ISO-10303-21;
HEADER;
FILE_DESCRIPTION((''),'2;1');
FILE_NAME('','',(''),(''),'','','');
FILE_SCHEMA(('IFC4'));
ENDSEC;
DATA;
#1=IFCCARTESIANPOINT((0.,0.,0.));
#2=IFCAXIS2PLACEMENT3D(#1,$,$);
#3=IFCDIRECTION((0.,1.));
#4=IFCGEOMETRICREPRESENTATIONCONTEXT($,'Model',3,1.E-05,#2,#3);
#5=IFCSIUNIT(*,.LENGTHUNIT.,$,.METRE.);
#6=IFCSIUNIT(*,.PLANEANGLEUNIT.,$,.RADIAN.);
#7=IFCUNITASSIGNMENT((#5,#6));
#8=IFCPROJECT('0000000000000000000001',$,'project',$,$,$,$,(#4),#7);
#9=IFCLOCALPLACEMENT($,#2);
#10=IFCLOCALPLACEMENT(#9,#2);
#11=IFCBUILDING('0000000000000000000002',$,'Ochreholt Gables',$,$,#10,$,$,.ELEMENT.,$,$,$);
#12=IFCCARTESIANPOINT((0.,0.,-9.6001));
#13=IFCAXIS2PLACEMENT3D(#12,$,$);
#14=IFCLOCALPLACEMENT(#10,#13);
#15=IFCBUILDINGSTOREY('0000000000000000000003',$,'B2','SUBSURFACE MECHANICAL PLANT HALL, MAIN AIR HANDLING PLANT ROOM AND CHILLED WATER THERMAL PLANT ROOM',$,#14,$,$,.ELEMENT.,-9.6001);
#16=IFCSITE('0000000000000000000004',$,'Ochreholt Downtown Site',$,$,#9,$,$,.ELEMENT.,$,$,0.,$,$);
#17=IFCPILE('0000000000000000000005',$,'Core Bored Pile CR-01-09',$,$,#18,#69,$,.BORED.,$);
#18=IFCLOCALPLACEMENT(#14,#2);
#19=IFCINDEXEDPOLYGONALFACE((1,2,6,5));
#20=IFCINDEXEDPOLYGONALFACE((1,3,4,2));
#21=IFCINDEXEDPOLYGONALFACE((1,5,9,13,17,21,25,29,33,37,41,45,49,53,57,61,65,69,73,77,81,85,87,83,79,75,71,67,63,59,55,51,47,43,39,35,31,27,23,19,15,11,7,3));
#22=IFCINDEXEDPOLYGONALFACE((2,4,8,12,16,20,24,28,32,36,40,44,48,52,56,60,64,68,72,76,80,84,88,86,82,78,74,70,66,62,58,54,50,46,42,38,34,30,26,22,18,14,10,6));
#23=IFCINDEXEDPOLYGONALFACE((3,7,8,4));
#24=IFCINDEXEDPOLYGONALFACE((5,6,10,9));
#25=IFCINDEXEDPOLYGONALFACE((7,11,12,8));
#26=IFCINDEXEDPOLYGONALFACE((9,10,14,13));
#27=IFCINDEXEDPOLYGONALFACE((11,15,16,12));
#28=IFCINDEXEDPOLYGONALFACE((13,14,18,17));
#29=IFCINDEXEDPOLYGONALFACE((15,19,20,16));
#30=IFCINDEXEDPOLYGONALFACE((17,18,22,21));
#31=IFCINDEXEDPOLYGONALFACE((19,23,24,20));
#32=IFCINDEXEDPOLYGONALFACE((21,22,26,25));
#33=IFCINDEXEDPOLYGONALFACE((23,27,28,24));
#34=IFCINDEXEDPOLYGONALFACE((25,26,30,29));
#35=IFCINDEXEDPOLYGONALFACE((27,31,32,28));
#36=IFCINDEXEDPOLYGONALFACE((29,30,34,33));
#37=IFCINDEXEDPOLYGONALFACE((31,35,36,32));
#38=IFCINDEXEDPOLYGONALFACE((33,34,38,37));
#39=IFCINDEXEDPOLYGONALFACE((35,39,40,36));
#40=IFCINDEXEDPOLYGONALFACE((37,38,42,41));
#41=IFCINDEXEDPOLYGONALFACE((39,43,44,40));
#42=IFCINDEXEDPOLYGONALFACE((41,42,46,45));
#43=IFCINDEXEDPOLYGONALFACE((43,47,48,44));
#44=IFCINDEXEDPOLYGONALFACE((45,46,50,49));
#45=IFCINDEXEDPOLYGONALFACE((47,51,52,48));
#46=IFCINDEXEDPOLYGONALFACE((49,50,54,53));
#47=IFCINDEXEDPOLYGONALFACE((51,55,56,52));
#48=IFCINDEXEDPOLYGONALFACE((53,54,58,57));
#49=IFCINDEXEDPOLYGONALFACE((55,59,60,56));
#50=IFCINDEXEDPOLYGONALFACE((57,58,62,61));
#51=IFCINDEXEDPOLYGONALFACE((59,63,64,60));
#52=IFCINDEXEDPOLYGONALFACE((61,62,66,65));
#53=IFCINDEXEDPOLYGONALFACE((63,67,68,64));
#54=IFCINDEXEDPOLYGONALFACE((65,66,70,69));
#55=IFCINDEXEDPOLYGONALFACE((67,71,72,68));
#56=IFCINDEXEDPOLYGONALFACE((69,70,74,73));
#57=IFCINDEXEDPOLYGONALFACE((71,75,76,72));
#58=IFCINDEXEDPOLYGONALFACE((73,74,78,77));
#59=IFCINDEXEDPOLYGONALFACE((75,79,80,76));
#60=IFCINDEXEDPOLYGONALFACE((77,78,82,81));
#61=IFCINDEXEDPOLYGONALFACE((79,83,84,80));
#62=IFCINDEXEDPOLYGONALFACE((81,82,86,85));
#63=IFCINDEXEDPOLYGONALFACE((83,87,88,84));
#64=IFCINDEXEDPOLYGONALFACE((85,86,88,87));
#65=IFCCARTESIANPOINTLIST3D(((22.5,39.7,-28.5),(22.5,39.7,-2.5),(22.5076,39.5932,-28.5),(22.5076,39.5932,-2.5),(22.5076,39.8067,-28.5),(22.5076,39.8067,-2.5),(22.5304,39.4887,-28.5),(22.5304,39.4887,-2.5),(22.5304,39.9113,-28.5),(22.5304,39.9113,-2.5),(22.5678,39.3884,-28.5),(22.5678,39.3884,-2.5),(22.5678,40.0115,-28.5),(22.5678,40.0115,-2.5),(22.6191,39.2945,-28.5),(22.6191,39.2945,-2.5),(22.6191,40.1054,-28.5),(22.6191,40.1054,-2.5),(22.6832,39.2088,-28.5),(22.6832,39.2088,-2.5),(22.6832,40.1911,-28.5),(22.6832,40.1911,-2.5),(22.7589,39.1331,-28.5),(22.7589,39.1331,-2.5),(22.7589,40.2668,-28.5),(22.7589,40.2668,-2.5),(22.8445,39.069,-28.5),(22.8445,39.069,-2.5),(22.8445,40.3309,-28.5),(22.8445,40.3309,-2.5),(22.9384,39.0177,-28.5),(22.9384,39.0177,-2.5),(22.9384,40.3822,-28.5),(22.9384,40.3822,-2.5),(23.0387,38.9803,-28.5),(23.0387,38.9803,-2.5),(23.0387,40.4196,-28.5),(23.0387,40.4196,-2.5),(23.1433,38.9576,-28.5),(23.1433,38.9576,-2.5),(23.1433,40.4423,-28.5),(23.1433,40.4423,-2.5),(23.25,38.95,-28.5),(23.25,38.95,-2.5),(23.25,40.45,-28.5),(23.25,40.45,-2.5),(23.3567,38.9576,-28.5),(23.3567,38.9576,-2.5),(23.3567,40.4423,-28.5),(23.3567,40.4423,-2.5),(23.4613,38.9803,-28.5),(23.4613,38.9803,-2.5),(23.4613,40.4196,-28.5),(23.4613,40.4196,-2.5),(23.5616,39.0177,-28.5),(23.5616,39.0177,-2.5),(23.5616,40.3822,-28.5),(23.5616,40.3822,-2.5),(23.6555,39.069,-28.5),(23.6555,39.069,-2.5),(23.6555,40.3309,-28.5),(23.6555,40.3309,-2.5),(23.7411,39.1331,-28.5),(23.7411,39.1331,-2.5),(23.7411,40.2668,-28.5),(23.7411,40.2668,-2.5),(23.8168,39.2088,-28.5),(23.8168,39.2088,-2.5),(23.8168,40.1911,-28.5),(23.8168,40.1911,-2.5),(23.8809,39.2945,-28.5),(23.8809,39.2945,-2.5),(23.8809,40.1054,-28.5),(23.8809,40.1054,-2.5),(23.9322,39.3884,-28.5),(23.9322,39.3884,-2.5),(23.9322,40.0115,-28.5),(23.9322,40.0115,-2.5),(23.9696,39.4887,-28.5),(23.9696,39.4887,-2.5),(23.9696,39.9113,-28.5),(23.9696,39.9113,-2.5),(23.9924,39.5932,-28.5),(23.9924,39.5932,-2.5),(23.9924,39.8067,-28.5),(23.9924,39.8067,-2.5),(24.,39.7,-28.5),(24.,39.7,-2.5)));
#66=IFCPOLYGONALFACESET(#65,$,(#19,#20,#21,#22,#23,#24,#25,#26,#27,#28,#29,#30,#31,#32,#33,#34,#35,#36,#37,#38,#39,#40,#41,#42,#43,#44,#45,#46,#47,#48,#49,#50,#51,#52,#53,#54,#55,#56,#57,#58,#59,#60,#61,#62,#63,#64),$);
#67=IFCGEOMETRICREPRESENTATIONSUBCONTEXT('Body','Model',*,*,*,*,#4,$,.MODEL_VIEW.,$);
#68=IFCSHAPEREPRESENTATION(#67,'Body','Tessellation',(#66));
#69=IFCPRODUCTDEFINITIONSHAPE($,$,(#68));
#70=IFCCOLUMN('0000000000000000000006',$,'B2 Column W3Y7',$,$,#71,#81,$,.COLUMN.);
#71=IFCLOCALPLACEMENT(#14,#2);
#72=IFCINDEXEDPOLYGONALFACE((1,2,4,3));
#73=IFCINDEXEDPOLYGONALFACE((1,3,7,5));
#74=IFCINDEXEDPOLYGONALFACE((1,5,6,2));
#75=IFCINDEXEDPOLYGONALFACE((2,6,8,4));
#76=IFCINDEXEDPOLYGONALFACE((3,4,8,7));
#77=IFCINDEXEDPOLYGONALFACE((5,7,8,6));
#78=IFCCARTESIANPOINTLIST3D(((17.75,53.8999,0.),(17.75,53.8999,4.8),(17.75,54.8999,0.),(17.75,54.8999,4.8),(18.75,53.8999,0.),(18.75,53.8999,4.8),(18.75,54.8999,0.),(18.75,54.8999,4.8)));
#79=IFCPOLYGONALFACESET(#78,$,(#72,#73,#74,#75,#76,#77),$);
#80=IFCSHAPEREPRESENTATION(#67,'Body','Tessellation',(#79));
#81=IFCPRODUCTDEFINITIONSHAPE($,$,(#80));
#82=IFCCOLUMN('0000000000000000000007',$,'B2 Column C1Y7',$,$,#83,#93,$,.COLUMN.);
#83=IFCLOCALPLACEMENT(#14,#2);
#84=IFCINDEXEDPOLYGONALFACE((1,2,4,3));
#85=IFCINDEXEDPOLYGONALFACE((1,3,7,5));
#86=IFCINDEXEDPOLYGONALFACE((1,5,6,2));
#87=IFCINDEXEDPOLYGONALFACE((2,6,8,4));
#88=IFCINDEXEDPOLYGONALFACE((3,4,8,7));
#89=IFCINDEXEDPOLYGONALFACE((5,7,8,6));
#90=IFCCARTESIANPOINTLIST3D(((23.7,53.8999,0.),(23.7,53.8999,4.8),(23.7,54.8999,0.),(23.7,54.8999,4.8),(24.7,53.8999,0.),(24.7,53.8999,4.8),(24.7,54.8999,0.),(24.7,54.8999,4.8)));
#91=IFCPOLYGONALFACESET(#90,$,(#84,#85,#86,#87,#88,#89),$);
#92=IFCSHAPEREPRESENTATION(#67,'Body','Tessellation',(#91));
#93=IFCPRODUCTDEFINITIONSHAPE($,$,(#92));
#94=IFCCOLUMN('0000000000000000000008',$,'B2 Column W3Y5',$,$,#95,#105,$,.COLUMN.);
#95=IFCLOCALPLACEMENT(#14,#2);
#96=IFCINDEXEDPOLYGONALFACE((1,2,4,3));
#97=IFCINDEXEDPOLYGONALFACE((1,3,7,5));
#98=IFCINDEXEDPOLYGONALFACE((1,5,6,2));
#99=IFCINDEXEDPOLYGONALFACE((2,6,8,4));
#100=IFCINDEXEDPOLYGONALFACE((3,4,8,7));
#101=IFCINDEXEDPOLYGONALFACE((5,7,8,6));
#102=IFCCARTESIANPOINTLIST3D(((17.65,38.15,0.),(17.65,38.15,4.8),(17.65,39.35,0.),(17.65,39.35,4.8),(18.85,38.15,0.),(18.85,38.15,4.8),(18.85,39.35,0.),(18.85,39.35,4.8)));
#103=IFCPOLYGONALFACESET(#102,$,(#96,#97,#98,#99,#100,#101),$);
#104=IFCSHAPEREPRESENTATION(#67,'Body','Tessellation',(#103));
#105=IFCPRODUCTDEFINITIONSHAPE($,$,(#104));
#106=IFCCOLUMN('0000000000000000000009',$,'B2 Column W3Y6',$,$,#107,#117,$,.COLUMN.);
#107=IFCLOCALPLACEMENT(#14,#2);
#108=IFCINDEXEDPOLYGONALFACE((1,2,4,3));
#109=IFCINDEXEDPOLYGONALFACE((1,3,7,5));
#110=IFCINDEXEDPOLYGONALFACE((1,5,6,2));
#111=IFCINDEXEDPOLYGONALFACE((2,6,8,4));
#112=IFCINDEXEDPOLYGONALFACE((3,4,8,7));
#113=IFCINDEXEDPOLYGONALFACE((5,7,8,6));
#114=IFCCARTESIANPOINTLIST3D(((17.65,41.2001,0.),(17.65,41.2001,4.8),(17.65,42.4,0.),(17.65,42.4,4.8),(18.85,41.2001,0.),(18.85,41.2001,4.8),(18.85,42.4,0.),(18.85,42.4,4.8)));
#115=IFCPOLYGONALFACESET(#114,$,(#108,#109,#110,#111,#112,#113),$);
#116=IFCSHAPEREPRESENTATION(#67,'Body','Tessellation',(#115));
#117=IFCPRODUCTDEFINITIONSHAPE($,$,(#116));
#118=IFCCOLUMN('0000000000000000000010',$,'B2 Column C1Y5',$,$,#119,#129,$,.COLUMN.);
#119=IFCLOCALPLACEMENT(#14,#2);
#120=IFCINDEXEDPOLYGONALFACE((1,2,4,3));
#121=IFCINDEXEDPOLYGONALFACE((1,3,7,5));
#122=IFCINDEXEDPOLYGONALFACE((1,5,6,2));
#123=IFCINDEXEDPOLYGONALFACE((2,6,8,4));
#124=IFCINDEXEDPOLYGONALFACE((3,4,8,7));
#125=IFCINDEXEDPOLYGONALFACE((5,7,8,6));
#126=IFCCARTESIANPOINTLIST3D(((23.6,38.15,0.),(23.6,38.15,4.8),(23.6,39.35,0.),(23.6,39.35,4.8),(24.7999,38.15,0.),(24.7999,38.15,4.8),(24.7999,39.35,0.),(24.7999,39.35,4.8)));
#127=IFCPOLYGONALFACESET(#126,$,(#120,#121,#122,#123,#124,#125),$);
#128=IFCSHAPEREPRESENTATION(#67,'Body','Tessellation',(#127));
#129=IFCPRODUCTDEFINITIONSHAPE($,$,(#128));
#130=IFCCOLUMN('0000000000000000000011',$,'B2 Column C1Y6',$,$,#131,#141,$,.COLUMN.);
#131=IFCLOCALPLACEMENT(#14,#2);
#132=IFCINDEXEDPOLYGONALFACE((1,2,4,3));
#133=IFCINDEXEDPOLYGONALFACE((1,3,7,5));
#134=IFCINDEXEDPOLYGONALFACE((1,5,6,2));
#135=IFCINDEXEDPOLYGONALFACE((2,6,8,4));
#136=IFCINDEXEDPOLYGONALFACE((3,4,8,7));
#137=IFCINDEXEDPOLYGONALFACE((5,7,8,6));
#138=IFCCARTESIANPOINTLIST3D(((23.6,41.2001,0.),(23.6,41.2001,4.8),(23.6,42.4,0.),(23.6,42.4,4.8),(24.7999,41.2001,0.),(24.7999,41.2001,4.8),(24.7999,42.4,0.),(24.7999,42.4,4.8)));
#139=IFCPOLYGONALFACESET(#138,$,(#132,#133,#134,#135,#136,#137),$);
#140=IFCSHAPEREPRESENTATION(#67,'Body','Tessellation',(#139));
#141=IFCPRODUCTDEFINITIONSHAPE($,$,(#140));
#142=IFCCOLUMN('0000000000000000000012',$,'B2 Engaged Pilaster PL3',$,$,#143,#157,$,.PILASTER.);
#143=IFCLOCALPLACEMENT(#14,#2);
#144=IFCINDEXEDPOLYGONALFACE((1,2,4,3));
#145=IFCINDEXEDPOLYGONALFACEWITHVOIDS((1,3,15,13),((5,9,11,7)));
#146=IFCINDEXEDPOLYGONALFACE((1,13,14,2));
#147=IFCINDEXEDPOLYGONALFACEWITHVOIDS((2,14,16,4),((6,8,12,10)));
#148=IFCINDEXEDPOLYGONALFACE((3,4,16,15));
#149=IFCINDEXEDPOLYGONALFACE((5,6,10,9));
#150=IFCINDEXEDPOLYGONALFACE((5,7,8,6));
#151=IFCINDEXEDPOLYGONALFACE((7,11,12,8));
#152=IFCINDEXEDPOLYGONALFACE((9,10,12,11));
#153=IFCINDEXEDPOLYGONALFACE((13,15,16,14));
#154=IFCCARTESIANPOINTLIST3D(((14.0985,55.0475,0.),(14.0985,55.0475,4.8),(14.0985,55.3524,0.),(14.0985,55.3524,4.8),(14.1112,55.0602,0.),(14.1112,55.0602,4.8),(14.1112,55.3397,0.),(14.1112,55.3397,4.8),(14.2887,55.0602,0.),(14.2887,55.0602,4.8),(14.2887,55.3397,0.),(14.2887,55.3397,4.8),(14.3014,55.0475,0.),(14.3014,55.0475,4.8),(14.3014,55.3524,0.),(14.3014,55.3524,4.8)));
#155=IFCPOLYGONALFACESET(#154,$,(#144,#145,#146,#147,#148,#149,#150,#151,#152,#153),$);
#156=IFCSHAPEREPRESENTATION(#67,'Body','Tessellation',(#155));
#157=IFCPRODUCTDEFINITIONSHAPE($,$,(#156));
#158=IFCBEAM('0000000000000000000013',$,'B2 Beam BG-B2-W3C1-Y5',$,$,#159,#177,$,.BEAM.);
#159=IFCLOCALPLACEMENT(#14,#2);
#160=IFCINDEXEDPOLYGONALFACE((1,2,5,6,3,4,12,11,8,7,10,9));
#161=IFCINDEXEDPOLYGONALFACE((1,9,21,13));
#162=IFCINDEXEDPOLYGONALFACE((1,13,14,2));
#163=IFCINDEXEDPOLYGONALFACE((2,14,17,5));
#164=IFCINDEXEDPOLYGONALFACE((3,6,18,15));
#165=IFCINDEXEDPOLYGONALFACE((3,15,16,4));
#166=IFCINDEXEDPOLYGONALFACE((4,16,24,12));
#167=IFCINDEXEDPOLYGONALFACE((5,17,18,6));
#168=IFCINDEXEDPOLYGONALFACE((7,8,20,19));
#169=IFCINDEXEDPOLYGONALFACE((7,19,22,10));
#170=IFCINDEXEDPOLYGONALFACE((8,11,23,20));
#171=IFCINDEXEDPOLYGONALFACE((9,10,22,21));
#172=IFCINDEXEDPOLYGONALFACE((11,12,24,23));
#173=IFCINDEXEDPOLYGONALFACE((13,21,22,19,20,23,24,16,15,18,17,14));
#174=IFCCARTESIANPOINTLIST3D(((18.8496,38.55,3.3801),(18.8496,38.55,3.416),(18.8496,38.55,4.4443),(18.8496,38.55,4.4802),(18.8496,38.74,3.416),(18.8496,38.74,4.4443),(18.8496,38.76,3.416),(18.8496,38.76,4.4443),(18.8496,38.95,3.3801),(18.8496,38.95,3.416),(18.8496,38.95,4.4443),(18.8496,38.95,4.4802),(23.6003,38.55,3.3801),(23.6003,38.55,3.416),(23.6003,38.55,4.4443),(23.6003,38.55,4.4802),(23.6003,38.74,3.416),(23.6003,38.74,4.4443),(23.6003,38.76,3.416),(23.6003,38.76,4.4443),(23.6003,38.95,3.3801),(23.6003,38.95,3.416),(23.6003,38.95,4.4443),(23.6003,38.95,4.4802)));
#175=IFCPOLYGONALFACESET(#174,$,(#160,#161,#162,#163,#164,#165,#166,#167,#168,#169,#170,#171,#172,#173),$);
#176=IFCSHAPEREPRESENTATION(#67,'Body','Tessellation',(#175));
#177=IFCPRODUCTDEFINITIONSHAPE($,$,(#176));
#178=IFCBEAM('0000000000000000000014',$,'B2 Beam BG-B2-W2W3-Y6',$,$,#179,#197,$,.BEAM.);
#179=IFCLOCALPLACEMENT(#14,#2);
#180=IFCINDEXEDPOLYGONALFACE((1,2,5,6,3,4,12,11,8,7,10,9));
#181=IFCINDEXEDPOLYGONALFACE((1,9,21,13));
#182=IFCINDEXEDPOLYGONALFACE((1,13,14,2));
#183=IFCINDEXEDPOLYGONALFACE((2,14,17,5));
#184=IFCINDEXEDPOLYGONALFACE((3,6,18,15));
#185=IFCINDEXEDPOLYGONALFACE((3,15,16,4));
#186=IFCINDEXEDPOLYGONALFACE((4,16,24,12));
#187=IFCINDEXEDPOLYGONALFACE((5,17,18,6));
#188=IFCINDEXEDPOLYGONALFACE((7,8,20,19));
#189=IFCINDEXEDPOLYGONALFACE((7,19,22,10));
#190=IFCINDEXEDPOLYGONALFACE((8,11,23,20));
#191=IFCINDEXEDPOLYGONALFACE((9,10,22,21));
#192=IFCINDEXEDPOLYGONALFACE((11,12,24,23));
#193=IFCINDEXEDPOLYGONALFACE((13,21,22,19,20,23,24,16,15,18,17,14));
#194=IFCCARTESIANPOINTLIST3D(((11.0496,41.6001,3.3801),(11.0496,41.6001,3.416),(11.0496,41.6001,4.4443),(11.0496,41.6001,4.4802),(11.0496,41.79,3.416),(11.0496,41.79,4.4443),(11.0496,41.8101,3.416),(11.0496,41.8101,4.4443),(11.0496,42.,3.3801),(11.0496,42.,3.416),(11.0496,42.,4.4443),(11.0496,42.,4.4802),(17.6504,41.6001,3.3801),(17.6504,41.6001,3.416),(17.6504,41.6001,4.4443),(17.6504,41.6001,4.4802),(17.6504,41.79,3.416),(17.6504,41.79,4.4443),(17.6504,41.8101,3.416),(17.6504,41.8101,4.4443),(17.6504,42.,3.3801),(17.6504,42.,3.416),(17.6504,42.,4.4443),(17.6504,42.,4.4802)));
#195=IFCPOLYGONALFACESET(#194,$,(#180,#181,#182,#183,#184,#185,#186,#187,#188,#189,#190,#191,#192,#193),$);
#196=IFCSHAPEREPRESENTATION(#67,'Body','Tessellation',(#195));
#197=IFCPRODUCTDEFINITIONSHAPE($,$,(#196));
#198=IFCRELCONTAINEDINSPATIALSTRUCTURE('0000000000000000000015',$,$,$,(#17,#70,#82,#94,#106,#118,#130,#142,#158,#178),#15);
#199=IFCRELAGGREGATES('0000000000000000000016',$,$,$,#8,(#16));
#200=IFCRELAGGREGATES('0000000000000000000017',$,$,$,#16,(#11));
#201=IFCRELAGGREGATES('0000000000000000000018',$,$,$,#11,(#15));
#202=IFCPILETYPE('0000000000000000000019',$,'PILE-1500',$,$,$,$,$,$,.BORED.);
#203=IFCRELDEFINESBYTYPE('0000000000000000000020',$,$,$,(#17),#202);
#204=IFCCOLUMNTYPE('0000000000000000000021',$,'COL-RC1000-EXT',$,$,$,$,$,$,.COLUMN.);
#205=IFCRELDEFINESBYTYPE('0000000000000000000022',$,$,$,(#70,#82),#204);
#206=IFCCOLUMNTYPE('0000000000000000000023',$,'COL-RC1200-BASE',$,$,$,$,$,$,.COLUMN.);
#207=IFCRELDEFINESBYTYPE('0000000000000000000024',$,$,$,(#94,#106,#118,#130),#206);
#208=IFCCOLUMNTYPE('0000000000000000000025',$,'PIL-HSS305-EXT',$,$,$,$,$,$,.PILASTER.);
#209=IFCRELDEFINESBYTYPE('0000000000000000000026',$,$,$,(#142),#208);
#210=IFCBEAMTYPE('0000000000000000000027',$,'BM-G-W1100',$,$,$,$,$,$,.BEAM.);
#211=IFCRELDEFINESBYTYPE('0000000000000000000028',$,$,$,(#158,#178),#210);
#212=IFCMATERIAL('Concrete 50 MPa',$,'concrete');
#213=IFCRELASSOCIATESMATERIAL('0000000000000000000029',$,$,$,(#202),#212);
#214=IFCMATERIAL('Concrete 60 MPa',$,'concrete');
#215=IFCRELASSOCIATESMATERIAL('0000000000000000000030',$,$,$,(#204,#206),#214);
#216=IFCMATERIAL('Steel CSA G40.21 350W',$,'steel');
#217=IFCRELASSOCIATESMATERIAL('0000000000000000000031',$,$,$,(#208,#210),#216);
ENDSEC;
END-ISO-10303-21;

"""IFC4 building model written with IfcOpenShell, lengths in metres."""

from ifc_helpers import new_model, si_unit, direction, frame, origin, origin_2d, place, context, subcontext, project, spatial, rectangle, hollow_rectangle, circle, i_section, extrude, material, material_profile, profile_set, type_object, element, save


model = new_model("IFC4")

# Units and contexts
model_context = context("Model", 3, precision=1e-05, world=origin(), true_north=direction((0.0, 1.0)))
body_context = subcontext(model_context, "Body", "Model", "MODEL_VIEW")
ifc_project = project(units=[si_unit("LENGTHUNIT", "METRE"), si_unit("PLANEANGLEUNIT", "RADIAN")], contexts=[model_context])

# Site, building, storey
site_placement = place(None, origin())
site = spatial("IfcSite", under=ifc_project, at=site_placement, Name="Ochreholt Downtown Site", CompositionType="ELEMENT", RefElevation=0.0)
building_placement = place(site_placement, origin())
building = spatial("IfcBuilding", under=site, at=building_placement, Name="Ochreholt Gables", CompositionType="ELEMENT")
storey_placement = place(building_placement, frame((0.0, 0.0, -9.6001)))
storey = spatial("IfcBuildingStorey", under=building, at=storey_placement, Name="B2", Description="SUBSURFACE MECHANICAL PLANT HALL, MAIN AIR HANDLING PLANT ROOM AND CHILLED WATER THERMAL PLANT ROOM", CompositionType="ELEMENT", Elevation=-9.6001)

# Shared definitions
ifc_material_1 = material(Name="Concrete 50 MPa", Category="concrete")

# Pile
ifc_material_profile_1 = material_profile(ifc_material_1, circle(Radius=0.75, at=origin_2d()), Name="PILE1500")
ifc_profile_set_1 = profile_set([ifc_material_profile_1], Name="Concrete 50 MPa")
pile_type_1 = type_object("IfcPileType", Name="PILE-1500", PredefinedType="BORED", material=ifc_profile_set_1)
pile_1_placement = place(storey_placement, frame((23.25, 39.7, -2.5), z_axis=(0.0, 0.0, -1.0), x_axis=(1.0, 0.0, 0.0)))
element("IfcPile", 1, at=pile_1_placement, inside=storey, type_object=pile_type_1, Name="Core Bored Pile CR-01-09", PredefinedType="BORED", context=body_context, shape_type="SweptSolid", body=[
    extrude(circle(Radius=0.75, at=origin_2d()), origin(), (0.0, 0.0, 1.0), 26.0),
])

# Columns
ifc_material_2 = material(Name="Concrete 60 MPa", Category="concrete")
ifc_material_profile_2 = material_profile(ifc_material_2, rectangle(XDim=1.0, YDim=1.0, at=origin_2d()), Name="RC1000X1000")
ifc_profile_set_2 = profile_set([ifc_material_profile_2], Name="Concrete 60 MPa")
column_type_1 = type_object("IfcColumnType", Name="COL-RC1000-EXT", PredefinedType="COLUMN", material=ifc_profile_set_2)
for number, where, z_axis, x_axis, name in (
    (2, (18.25, 54.3999, 0.0), (0.0, 0.0, 1.0), (1.0, 0.0, 0.0), "B2 Column W3Y7"),
    (3, (24.2, 54.3999, 0.0), (0.0, 0.0, 1.0), (1.0, 0.0, 0.0), "B2 Column C1Y7"),
):
    element("IfcColumn", number, at=place(storey_placement, frame(where, z_axis=z_axis, x_axis=x_axis)), inside=storey, type_object=column_type_1, Name=name, PredefinedType="COLUMN", context=body_context, shape_type="SweptSolid", body=[
        extrude(rectangle(XDim=1.0, YDim=1.0, at=origin_2d()), origin(), (0.0, 0.0, 1.0), 4.8),
    ])
ifc_material_profile_3 = material_profile(ifc_material_2, rectangle(XDim=1.2, YDim=1.2, at=origin_2d()), Name="RC1200X1200")
ifc_profile_set_3 = profile_set([ifc_material_profile_3], Name="Concrete 60 MPa")
column_type_2 = type_object("IfcColumnType", Name="COL-RC1200-BASE", PredefinedType="COLUMN", material=ifc_profile_set_3)
for number, where, z_axis, x_axis, name in (
    (4, (18.25, 38.75, 0.0), (0.0, 0.0, 1.0), (1.0, 0.0, 0.0), "B2 Column W3Y5"),
    (5, (18.25, 41.8, 0.0), (0.0, 0.0, 1.0), (1.0, 0.0, 0.0), "B2 Column W3Y6"),
    (6, (24.2, 38.75, 0.0), (0.0, 0.0, 1.0), (1.0, 0.0, 0.0), "B2 Column C1Y5"),
    (7, (24.2, 41.8, 0.0), (0.0, 0.0, 1.0), (1.0, 0.0, 0.0), "B2 Column C1Y6"),
):
    element("IfcColumn", number, at=place(storey_placement, frame(where, z_axis=z_axis, x_axis=x_axis)), inside=storey, type_object=column_type_2, Name=name, PredefinedType="COLUMN", context=body_context, shape_type="SweptSolid", body=[
        extrude(rectangle(XDim=1.2, YDim=1.2, at=origin_2d()), origin(), (0.0, 0.0, 1.0), 4.8),
    ])
ifc_material_3 = material(Name="Steel CSA G40.21 350W", Category="steel")
ifc_material_profile_4 = material_profile(ifc_material_3, hollow_rectangle(XDim=0.2029, YDim=0.3049, WallThickness=0.0127, at=origin_2d()), Name="HSS305X203X13")
ifc_profile_set_4 = profile_set([ifc_material_profile_4], Name="Steel CSA G40.21 350W")
column_type_3 = type_object("IfcColumnType", Name="PIL-HSS305-EXT", PredefinedType="PILASTER", material=ifc_profile_set_4)
column_placement = place(storey_placement, frame((14.2, 55.2, 0.0), z_axis=(0.0, 0.0, 1.0), x_axis=(1.0, 0.0, 0.0)))
element("IfcColumn", 8, at=column_placement, inside=storey, type_object=column_type_3, Name="B2 Engaged Pilaster PL3", PredefinedType="PILASTER", context=body_context, shape_type="SweptSolid", body=[
    extrude(hollow_rectangle(XDim=0.2029, YDim=0.3049, WallThickness=0.0127, at=origin_2d()), origin(), (0.0, 0.0, 1.0), 4.8),
])

# Beams
ifc_material_profile_5 = material_profile(ifc_material_3, i_section(OverallWidth=0.3999, OverallDepth=1.1001, WebThickness=0.02, FlangeThickness=0.0359, at=origin_2d()), Name="W1100X390")
ifc_profile_set_5 = profile_set([ifc_material_profile_5], Name="Steel CSA G40.21 350W")
beam_type_1 = type_object("IfcBeamType", Name="BM-G-W1100", PredefinedType="BEAM", material=ifc_profile_set_5)
beam_1_placement = place(storey_placement, frame((18.8496, 38.75, 3.9302), z_axis=(1.0, 0.0, 0.0), x_axis=(0.0, 1.0, 0.0)))
element("IfcBeam", 9, at=beam_1_placement, inside=storey, type_object=beam_type_1, Name="B2 Beam BG-B2-W3C1-Y5", PredefinedType="BEAM", context=body_context, shape_type="SweptSolid", body=[
    extrude(i_section(OverallWidth=0.3999, OverallDepth=1.1001, WebThickness=0.02, FlangeThickness=0.0359, at=origin_2d()), origin(), (0.0, 0.0, 1.0), 4.7507),
])
beam_2_placement = place(storey_placement, frame((11.0496, 41.8, 3.9302), z_axis=(1.0, 0.0, 0.0), x_axis=(0.0, 1.0, 0.0)))
element("IfcBeam", 10, at=beam_2_placement, inside=storey, type_object=beam_type_1, Name="B2 Beam BG-B2-W2W3-Y6", PredefinedType="BEAM", context=body_context, shape_type="SweptSolid", body=[
    extrude(i_section(OverallWidth=0.3999, OverallDepth=1.1001, WebThickness=0.02, FlangeThickness=0.0359, at=origin_2d()), origin(), (0.0, 0.0, 1.0), 6.6008),
])

save(model, "model.ifc")
